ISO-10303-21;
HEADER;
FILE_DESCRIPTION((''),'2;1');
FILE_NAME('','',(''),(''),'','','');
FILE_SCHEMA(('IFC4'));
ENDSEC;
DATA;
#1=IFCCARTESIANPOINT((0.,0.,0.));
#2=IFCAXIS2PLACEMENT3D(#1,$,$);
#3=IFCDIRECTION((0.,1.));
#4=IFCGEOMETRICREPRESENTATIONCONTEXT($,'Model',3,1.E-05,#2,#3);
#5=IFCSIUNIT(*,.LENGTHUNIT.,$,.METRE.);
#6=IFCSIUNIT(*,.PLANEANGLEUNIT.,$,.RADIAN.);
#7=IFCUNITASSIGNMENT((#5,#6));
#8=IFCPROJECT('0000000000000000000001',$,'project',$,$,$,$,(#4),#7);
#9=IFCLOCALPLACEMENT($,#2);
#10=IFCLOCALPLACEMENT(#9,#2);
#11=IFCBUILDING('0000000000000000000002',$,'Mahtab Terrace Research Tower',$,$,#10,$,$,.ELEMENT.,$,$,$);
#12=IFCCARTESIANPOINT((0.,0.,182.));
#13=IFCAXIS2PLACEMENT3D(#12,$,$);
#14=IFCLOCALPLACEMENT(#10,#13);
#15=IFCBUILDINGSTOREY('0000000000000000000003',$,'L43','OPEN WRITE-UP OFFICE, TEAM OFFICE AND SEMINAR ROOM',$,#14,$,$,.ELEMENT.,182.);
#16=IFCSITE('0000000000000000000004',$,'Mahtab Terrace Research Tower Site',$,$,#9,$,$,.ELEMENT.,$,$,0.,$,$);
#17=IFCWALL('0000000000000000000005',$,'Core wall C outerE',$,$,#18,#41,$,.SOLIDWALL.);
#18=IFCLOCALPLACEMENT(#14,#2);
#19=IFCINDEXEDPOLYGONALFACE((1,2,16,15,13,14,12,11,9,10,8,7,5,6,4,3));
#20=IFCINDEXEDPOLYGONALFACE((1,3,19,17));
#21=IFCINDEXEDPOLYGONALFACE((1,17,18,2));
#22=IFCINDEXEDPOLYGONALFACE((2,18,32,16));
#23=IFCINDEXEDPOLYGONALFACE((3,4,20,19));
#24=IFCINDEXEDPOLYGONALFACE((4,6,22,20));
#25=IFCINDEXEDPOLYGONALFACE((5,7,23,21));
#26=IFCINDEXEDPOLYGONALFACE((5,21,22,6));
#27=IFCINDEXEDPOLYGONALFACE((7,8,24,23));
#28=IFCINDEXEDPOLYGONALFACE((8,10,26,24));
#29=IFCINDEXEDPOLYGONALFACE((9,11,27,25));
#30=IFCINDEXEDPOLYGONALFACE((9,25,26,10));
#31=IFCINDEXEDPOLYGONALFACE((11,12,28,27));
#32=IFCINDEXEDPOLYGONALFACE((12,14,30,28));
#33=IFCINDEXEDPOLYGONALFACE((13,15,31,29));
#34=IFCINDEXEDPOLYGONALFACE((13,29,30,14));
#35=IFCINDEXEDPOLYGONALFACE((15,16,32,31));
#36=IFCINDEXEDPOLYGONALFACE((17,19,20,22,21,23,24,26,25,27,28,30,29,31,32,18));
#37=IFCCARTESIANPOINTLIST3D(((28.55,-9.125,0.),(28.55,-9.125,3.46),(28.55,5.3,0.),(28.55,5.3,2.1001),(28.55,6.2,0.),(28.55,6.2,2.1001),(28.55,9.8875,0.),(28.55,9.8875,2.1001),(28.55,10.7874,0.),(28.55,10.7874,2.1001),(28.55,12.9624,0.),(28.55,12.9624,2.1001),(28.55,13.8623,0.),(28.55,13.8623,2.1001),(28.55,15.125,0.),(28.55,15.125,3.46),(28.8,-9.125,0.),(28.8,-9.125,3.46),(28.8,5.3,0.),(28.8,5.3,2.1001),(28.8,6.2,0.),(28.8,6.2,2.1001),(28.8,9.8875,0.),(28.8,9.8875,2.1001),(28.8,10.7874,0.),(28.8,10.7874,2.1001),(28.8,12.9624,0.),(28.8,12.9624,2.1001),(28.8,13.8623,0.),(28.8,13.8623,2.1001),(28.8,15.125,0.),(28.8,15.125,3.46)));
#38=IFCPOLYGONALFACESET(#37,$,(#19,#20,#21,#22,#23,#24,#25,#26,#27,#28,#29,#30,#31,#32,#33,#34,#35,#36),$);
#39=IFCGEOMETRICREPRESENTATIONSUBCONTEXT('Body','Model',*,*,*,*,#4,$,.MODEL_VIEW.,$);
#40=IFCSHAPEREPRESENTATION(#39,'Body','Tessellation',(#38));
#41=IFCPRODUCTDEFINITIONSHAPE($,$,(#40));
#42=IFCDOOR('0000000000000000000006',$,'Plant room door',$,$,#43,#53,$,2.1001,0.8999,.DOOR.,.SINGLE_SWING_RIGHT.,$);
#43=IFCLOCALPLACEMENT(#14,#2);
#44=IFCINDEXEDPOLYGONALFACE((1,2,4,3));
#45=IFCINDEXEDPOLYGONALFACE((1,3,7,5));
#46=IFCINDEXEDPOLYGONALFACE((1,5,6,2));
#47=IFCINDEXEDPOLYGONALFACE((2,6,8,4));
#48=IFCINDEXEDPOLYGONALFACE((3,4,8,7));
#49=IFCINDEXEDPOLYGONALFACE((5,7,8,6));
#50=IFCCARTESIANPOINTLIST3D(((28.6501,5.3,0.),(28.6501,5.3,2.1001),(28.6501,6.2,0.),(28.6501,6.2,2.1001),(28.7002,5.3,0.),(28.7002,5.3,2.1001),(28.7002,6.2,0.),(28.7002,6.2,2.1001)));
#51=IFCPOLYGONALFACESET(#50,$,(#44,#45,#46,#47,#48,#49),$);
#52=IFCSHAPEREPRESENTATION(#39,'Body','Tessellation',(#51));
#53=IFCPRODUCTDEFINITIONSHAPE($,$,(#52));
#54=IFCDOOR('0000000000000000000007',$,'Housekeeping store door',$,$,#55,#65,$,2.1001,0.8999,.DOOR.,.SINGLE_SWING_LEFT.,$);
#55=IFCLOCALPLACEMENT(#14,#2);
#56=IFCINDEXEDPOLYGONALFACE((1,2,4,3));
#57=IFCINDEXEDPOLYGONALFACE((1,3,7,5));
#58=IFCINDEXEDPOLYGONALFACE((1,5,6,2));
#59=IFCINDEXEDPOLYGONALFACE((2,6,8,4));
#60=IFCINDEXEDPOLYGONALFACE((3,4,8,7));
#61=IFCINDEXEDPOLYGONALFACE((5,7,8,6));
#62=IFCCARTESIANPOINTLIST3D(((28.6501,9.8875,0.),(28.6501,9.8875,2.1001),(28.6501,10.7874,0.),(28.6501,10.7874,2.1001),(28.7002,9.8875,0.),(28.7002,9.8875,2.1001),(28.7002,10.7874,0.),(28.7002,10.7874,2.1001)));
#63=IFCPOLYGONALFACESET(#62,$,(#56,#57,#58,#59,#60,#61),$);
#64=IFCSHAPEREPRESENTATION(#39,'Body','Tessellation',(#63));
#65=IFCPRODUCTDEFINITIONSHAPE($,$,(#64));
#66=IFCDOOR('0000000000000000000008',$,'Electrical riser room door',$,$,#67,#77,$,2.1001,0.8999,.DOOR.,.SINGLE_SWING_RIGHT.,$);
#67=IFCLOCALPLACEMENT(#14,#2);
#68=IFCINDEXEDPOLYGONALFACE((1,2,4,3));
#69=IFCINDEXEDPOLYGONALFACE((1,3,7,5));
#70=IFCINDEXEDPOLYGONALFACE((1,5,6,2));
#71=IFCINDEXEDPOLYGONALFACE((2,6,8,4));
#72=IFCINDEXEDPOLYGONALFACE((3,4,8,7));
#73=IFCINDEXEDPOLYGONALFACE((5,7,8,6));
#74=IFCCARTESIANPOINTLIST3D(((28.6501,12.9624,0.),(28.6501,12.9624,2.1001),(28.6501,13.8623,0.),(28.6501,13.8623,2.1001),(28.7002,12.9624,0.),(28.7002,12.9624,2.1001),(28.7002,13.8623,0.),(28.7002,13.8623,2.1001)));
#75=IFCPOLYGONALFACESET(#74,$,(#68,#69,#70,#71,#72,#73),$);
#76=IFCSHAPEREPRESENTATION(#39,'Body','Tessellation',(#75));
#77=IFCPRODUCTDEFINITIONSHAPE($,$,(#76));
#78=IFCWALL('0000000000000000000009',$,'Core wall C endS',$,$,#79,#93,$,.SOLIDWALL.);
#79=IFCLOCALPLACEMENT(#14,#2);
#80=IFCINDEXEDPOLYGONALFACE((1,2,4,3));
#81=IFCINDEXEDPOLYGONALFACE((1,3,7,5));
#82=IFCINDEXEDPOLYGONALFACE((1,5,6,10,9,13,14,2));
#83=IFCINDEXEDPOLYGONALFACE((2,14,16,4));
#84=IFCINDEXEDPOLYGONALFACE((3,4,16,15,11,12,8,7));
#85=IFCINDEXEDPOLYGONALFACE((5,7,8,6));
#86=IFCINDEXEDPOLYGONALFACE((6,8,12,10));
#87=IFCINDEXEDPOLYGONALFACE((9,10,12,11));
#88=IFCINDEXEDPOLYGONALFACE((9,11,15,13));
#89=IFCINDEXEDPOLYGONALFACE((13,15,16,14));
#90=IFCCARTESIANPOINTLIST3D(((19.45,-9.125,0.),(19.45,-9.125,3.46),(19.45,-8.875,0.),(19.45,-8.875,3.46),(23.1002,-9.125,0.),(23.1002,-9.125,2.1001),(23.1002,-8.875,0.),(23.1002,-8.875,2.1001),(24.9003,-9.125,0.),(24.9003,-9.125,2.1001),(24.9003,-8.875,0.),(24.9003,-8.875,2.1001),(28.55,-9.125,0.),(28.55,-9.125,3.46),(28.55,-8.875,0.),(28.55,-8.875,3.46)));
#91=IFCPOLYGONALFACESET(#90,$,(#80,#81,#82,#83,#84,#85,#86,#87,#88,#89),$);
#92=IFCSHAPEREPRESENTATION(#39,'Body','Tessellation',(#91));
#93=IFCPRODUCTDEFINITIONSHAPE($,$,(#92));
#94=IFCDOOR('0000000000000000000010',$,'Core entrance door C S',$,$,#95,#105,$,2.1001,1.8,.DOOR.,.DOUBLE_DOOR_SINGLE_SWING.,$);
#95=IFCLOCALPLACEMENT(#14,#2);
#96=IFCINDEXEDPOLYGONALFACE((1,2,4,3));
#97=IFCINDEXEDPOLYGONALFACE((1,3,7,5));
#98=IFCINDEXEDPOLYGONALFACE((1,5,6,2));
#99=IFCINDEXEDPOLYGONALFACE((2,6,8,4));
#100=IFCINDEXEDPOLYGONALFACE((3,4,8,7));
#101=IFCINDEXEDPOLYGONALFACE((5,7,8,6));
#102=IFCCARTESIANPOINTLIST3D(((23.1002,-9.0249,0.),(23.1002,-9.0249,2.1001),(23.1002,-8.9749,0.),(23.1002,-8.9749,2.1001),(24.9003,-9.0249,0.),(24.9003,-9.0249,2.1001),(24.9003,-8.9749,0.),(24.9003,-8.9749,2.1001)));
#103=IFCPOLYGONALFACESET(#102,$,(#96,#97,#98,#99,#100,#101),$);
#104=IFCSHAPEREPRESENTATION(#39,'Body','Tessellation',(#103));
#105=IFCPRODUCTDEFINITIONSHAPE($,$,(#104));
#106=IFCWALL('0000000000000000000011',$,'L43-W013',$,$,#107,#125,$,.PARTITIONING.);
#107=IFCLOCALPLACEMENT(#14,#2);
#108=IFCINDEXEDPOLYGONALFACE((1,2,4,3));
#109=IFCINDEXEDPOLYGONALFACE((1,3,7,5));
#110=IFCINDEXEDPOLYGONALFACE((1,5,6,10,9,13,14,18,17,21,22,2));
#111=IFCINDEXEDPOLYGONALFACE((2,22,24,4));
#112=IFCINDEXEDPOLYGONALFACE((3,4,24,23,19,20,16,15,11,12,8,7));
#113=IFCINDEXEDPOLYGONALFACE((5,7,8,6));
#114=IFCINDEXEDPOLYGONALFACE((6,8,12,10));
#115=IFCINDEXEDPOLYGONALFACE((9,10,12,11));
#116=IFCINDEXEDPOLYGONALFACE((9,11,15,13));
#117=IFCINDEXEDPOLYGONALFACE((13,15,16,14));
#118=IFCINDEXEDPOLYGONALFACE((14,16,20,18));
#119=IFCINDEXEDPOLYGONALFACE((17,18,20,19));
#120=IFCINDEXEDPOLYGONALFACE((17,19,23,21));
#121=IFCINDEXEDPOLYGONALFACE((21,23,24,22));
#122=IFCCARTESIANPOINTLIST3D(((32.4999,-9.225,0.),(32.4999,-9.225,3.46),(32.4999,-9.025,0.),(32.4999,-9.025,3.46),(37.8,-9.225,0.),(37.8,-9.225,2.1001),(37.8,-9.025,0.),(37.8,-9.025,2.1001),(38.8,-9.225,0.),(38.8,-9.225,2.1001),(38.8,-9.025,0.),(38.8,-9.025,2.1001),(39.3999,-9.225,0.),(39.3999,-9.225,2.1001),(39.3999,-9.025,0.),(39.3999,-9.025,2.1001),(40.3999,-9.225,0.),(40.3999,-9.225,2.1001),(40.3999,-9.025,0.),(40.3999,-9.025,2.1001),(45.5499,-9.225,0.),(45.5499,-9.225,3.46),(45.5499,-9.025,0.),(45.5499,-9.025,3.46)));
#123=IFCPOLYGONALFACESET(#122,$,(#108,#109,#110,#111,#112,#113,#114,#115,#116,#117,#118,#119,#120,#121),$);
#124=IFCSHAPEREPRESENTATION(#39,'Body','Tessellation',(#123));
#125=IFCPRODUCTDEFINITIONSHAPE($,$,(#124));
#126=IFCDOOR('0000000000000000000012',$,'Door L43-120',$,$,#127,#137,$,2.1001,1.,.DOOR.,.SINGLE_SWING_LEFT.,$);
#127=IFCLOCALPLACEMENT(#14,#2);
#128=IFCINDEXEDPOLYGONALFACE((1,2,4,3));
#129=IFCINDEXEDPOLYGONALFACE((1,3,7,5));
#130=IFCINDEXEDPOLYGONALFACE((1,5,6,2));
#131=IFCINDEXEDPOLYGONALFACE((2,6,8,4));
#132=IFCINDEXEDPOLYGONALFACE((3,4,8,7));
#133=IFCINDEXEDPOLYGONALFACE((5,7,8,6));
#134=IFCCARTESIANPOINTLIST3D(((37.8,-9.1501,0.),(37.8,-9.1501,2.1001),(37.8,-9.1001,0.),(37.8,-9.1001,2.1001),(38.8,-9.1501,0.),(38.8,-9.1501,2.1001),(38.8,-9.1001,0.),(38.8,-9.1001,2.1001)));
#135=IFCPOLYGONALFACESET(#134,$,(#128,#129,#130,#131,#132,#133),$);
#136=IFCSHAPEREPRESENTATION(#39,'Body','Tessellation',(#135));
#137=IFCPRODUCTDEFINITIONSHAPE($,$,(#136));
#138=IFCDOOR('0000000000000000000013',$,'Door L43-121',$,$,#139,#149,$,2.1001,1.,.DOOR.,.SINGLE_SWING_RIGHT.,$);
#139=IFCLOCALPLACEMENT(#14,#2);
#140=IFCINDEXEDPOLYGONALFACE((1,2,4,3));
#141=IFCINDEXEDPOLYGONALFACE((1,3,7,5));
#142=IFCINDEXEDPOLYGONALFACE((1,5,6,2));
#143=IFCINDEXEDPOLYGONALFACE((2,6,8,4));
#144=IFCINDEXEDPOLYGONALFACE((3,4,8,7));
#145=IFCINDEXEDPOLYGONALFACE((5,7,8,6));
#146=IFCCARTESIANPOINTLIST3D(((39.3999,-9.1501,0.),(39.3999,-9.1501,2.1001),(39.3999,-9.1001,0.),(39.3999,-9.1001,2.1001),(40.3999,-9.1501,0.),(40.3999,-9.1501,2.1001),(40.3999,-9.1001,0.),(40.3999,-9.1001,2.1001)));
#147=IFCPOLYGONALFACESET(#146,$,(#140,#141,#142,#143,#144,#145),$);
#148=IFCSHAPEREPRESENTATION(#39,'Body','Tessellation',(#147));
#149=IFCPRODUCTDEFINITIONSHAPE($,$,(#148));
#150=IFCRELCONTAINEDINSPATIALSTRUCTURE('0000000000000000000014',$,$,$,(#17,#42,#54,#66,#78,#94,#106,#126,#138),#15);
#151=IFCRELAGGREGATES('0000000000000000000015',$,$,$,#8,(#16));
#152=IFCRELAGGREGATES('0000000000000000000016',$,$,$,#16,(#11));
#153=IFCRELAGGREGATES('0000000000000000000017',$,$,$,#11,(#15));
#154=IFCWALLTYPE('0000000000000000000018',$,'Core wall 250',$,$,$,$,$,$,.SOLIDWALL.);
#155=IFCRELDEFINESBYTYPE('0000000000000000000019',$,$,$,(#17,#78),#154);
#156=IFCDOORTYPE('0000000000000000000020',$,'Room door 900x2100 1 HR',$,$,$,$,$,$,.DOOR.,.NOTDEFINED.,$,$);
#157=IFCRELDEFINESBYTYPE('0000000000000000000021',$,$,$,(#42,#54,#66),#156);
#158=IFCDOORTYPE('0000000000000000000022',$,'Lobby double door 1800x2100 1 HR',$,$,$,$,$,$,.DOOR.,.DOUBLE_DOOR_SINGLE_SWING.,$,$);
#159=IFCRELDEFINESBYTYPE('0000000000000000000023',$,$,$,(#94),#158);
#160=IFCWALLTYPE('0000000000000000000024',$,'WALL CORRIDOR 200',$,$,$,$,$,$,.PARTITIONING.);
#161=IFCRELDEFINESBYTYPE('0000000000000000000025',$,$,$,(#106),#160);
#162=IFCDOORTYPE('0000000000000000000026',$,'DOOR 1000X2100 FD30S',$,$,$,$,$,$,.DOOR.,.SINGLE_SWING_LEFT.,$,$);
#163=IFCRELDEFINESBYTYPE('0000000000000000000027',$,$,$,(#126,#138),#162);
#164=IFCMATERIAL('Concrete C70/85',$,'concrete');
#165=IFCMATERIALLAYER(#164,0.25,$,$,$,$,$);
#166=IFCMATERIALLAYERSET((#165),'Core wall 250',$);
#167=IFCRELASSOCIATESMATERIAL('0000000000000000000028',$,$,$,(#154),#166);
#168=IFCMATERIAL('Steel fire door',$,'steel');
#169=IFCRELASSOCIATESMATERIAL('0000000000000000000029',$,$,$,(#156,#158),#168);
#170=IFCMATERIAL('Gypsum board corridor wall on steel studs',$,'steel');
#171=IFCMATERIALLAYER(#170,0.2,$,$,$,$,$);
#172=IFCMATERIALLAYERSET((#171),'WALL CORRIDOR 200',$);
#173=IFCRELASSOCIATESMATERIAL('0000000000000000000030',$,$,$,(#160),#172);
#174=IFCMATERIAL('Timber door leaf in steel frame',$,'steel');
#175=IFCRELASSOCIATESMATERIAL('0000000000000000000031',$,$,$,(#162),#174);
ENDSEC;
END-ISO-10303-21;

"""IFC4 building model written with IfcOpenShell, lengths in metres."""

from ifc_helpers import new_model, si_unit, direction, frame, frame_2d, origin, place, context, subcontext, project, spatial, rectangle, extrude, material, layer, layer_set, type_object, element, fill, save


model = new_model("IFC4")

# Units and contexts
model_context = context("Model", 3, precision=1e-05, world=origin(), true_north=direction((0.0, 1.0)))
body_context = subcontext(model_context, "Body", "Model", "MODEL_VIEW")
ifc_project = project(units=[si_unit("LENGTHUNIT", "METRE"), si_unit("PLANEANGLEUNIT", "RADIAN")], contexts=[model_context])

# Site, building, storey
site_placement = place(None, origin())
site = spatial("IfcSite", under=ifc_project, at=site_placement, Name="Mahtab Terrace Research Tower Site", CompositionType="ELEMENT", RefElevation=0.0)
building_placement = place(site_placement, origin())
building = spatial("IfcBuilding", under=site, at=building_placement, Name="Mahtab Terrace Research Tower", CompositionType="ELEMENT")
storey_placement = place(building_placement, frame((0.0, 0.0, 182.0)))
storey = spatial("IfcBuildingStorey", under=building, at=storey_placement, Name="L43", Description="OPEN WRITE-UP OFFICE, TEAM OFFICE AND SEMINAR ROOM", CompositionType="ELEMENT", Elevation=182.0)

# Wall, openings, doors
ifc_material_1 = material(Name="Concrete C70/85", Category="concrete")
ifc_layer_1 = layer(ifc_material_1, 0.25)
ifc_layer_set_1 = layer_set([ifc_layer_1], Name="Core wall 250")
wall_type_1 = type_object("IfcWallType", Name="Core wall 250", PredefinedType="SOLIDWALL", material=ifc_layer_set_1)
wall_1_placement = place(storey_placement, frame((28.675, -9.125, 0.0), z_axis=(0.0, 0.0, 1.0), x_axis=(0.0, 1.0, 0.0)))
wall_1 = element("IfcWall", 1, at=wall_1_placement, inside=storey, type_object=wall_type_1, Name="Core wall C outerE", PredefinedType="SOLIDWALL", context=body_context, shape_type="SweptSolid", body=[
    extrude(rectangle(XDim=24.25, YDim=0.25, at=frame_2d((12.125, 0.0))), origin(), (0.0, 0.0, 1.0), 3.46),
])
opening_1_placement = place(wall_1_placement, frame((14.425, 0.0, 0.0)))
opening_1 = element("IfcOpeningElement", 2, at=opening_1_placement, cuts=wall_1, PredefinedType="OPENING", context=body_context, shape_type="SweptSolid", body=[
    extrude(rectangle(XDim=0.8999, YDim=2.1001, at=frame_2d((0.45, 1.05))), frame((0.0, 0.135, 0.0), z_axis=(0.0, -1.0, 0.0), x_axis=(1.0, 0.0, 0.0)), (0.0, 0.0, 1.0), 0.27),
])
opening_2_placement = place(wall_1_placement, frame((19.0125, 0.0, 0.0)))
opening_2 = element("IfcOpeningElement", 3, at=opening_2_placement, cuts=wall_1, PredefinedType="OPENING", context=body_context, shape_type="SweptSolid", body=[
    extrude(rectangle(XDim=0.8999, YDim=2.1001, at=frame_2d((0.45, 1.05))), frame((0.0, 0.135, 0.0), z_axis=(0.0, -1.0, 0.0), x_axis=(1.0, 0.0, 0.0)), (0.0, 0.0, 1.0), 0.27),
])
opening_3_placement = place(wall_1_placement, frame((22.0874, 0.0, 0.0)))
opening_3 = element("IfcOpeningElement", 4, at=opening_3_placement, cuts=wall_1, PredefinedType="OPENING", context=body_context, shape_type="SweptSolid", body=[
    extrude(rectangle(XDim=0.8999, YDim=2.1001, at=frame_2d((0.45, 1.05))), frame((0.0, 0.135, 0.0), z_axis=(0.0, -1.0, 0.0), x_axis=(1.0, 0.0, 0.0)), (0.0, 0.0, 1.0), 0.27),
])
ifc_material_2 = material(Name="Steel fire door", Category="steel")
door_type_1 = type_object("IfcDoorType", Name="Room door 900x2100 1 HR", OperationType="NOTDEFINED", PredefinedType="DOOR", material=ifc_material_2)
door_1_placement = place(opening_1_placement, origin())
door_1 = element("IfcDoor", 5, at=door_1_placement, inside=storey, type_object=door_type_1, Name="Plant room door", OperationType="SINGLE_SWING_RIGHT", OverallHeight=2.1001, OverallWidth=0.8999, PredefinedType="DOOR", context=body_context, shape_type="SweptSolid", body=[
    extrude(rectangle(XDim=0.8999, YDim=2.1001, at=frame_2d((0.45, 1.05))), frame((0.0, 0.0249, 0.0), z_axis=(0.0, -1.0, 0.0), x_axis=(1.0, 0.0, 0.0)), (0.0, 0.0, 1.0), 0.05),
])
fill(opening_1, door_1)
door_2_placement = place(opening_2_placement, origin())
door_2 = element("IfcDoor", 6, at=door_2_placement, inside=storey, type_object=door_type_1, Name="Housekeeping store door", OperationType="SINGLE_SWING_LEFT", OverallHeight=2.1001, OverallWidth=0.8999, PredefinedType="DOOR", context=body_context, shape_type="SweptSolid", body=[
    extrude(rectangle(XDim=0.8999, YDim=2.1001, at=frame_2d((0.45, 1.05))), frame((0.0, 0.0249, 0.0), z_axis=(0.0, -1.0, 0.0), x_axis=(1.0, 0.0, 0.0)), (0.0, 0.0, 1.0), 0.05),
])
fill(opening_2, door_2)
door_3_placement = place(opening_3_placement, origin())
door_3 = element("IfcDoor", 7, at=door_3_placement, inside=storey, type_object=door_type_1, Name="Electrical riser room door", OperationType="SINGLE_SWING_RIGHT", OverallHeight=2.1001, OverallWidth=0.8999, PredefinedType="DOOR", context=body_context, shape_type="SweptSolid", body=[
    extrude(rectangle(XDim=0.8999, YDim=2.1001, at=frame_2d((0.45, 1.05))), frame((0.0, 0.0249, 0.0), z_axis=(0.0, -1.0, 0.0), x_axis=(1.0, 0.0, 0.0)), (0.0, 0.0, 1.0), 0.05),
])
fill(opening_3, door_3)

# Wall, opening, door
wall_2_placement = place(storey_placement, frame((28.55, -9.0, 0.0), z_axis=(0.0, 0.0, 1.0), x_axis=(-1.0, 0.0, 0.0)))
wall_2 = element("IfcWall", 8, at=wall_2_placement, inside=storey, type_object=wall_type_1, Name="Core wall C endS", PredefinedType="SOLIDWALL", context=body_context, shape_type="SweptSolid", body=[
    extrude(rectangle(XDim=9.1001, YDim=0.25, at=frame_2d((4.55, 0.0))), origin(), (0.0, 0.0, 1.0), 3.46),
])
opening_4_placement = place(wall_2_placement, frame((3.6499, 0.0, 0.0)))
opening_4 = element("IfcOpeningElement", 9, at=opening_4_placement, cuts=wall_2, PredefinedType="OPENING", context=body_context, shape_type="SweptSolid", body=[
    extrude(rectangle(XDim=1.8, YDim=2.1001, at=frame_2d((0.8999, 1.05))), frame((0.0, 0.135, 0.0), z_axis=(0.0, -1.0, 0.0), x_axis=(1.0, 0.0, 0.0)), (0.0, 0.0, 1.0), 0.27),
])
door_type_2 = type_object("IfcDoorType", Name="Lobby double door 1800x2100 1 HR", OperationType="DOUBLE_DOOR_SINGLE_SWING", PredefinedType="DOOR", material=ifc_material_2)
door_4_placement = place(opening_4_placement, origin())
door_4 = element("IfcDoor", 10, at=door_4_placement, inside=storey, type_object=door_type_2, Name="Core entrance door C S", OperationType="DOUBLE_DOOR_SINGLE_SWING", OverallHeight=2.1001, OverallWidth=1.8, PredefinedType="DOOR", context=body_context, shape_type="SweptSolid", body=[
    extrude(rectangle(XDim=1.8, YDim=2.1001, at=frame_2d((0.8999, 1.05))), frame((0.0, 0.0249, 0.0), z_axis=(0.0, -1.0, 0.0), x_axis=(1.0, 0.0, 0.0)), (0.0, 0.0, 1.0), 0.05),
])
fill(opening_4, door_4)

# Wall, openings, doors
ifc_material_3 = material(Name="Gypsum board corridor wall on steel studs", Category="steel")
ifc_layer_2 = layer(ifc_material_3, 0.2)
ifc_layer_set_2 = layer_set([ifc_layer_2], Name="WALL CORRIDOR 200")
wall_type_2 = type_object("IfcWallType", Name="WALL CORRIDOR 200", PredefinedType="PARTITIONING", material=ifc_layer_set_2)
wall_3_placement = place(storey_placement, frame((32.5, -9.125, 0.0), z_axis=(0.0, 0.0, 1.0), x_axis=(1.0, 0.0, 0.0)))
wall_3 = element("IfcWall", 11, at=wall_3_placement, inside=storey, type_object=wall_type_2, Name="L43-W013", PredefinedType="PARTITIONING", context=body_context, shape_type="SweptSolid", body=[
    extrude(rectangle(XDim=13.05, YDim=0.2, at=frame_2d((6.5249, 0.0))), origin(), (0.0, 0.0, 1.0), 3.46),
])
opening_5_placement = place(wall_3_placement, frame((5.3, 0.0, 0.0)))
opening_5 = element("IfcOpeningElement", 12, at=opening_5_placement, cuts=wall_3, PredefinedType="OPENING", context=body_context, shape_type="SweptSolid", body=[
    extrude(rectangle(XDim=1.0, YDim=2.1001, at=frame_2d((0.5, 1.05))), frame((0.0, 0.1099, 0.0), z_axis=(0.0, -1.0, 0.0), x_axis=(1.0, 0.0, 0.0)), (0.0, 0.0, 1.0), 0.22),
])
opening_6_placement = place(wall_3_placement, frame((6.8999, 0.0, 0.0)))
opening_6 = element("IfcOpeningElement", 13, at=opening_6_placement, cuts=wall_3, PredefinedType="OPENING", context=body_context, shape_type="SweptSolid", body=[
    extrude(rectangle(XDim=1.0, YDim=2.1001, at=frame_2d((0.5, 1.05))), frame((0.0, 0.1099, 0.0), z_axis=(0.0, -1.0, 0.0), x_axis=(1.0, 0.0, 0.0)), (0.0, 0.0, 1.0), 0.22),
])
ifc_material_4 = material(Name="Timber door leaf in steel frame", Category="steel")
door_type_3 = type_object("IfcDoorType", Name="DOOR 1000X2100 FD30S", OperationType="SINGLE_SWING_LEFT", PredefinedType="DOOR", material=ifc_material_4)
door_5_placement = place(opening_5_placement, origin())
door_5 = element("IfcDoor", 14, at=door_5_placement, inside=storey, type_object=door_type_3, Name="Door L43-120", OperationType="SINGLE_SWING_LEFT", OverallHeight=2.1001, OverallWidth=1.0, PredefinedType="DOOR", context=body_context, shape_type="SweptSolid", body=[
    extrude(rectangle(XDim=1.0, YDim=2.1001, at=frame_2d((0.5, 1.05))), frame((0.0, 0.0249, 0.0), z_axis=(0.0, -1.0, 0.0), x_axis=(1.0, 0.0, 0.0)), (0.0, 0.0, 1.0), 0.05),
])
fill(opening_5, door_5)
door_6_placement = place(opening_6_placement, origin())
door_6 = element("IfcDoor", 15, at=door_6_placement, inside=storey, type_object=door_type_3, Name="Door L43-121", OperationType="SINGLE_SWING_RIGHT", OverallHeight=2.1001, OverallWidth=1.0, PredefinedType="DOOR", context=body_context, shape_type="SweptSolid", body=[
    extrude(rectangle(XDim=1.0, YDim=2.1001, at=frame_2d((0.5, 1.05))), frame((0.0, 0.0249, 0.0), z_axis=(0.0, -1.0, 0.0), x_axis=(1.0, 0.0, 0.0)), (0.0, 0.0, 1.0), 0.05),
])
fill(opening_6, door_6)

save(model, "model.ifc")
